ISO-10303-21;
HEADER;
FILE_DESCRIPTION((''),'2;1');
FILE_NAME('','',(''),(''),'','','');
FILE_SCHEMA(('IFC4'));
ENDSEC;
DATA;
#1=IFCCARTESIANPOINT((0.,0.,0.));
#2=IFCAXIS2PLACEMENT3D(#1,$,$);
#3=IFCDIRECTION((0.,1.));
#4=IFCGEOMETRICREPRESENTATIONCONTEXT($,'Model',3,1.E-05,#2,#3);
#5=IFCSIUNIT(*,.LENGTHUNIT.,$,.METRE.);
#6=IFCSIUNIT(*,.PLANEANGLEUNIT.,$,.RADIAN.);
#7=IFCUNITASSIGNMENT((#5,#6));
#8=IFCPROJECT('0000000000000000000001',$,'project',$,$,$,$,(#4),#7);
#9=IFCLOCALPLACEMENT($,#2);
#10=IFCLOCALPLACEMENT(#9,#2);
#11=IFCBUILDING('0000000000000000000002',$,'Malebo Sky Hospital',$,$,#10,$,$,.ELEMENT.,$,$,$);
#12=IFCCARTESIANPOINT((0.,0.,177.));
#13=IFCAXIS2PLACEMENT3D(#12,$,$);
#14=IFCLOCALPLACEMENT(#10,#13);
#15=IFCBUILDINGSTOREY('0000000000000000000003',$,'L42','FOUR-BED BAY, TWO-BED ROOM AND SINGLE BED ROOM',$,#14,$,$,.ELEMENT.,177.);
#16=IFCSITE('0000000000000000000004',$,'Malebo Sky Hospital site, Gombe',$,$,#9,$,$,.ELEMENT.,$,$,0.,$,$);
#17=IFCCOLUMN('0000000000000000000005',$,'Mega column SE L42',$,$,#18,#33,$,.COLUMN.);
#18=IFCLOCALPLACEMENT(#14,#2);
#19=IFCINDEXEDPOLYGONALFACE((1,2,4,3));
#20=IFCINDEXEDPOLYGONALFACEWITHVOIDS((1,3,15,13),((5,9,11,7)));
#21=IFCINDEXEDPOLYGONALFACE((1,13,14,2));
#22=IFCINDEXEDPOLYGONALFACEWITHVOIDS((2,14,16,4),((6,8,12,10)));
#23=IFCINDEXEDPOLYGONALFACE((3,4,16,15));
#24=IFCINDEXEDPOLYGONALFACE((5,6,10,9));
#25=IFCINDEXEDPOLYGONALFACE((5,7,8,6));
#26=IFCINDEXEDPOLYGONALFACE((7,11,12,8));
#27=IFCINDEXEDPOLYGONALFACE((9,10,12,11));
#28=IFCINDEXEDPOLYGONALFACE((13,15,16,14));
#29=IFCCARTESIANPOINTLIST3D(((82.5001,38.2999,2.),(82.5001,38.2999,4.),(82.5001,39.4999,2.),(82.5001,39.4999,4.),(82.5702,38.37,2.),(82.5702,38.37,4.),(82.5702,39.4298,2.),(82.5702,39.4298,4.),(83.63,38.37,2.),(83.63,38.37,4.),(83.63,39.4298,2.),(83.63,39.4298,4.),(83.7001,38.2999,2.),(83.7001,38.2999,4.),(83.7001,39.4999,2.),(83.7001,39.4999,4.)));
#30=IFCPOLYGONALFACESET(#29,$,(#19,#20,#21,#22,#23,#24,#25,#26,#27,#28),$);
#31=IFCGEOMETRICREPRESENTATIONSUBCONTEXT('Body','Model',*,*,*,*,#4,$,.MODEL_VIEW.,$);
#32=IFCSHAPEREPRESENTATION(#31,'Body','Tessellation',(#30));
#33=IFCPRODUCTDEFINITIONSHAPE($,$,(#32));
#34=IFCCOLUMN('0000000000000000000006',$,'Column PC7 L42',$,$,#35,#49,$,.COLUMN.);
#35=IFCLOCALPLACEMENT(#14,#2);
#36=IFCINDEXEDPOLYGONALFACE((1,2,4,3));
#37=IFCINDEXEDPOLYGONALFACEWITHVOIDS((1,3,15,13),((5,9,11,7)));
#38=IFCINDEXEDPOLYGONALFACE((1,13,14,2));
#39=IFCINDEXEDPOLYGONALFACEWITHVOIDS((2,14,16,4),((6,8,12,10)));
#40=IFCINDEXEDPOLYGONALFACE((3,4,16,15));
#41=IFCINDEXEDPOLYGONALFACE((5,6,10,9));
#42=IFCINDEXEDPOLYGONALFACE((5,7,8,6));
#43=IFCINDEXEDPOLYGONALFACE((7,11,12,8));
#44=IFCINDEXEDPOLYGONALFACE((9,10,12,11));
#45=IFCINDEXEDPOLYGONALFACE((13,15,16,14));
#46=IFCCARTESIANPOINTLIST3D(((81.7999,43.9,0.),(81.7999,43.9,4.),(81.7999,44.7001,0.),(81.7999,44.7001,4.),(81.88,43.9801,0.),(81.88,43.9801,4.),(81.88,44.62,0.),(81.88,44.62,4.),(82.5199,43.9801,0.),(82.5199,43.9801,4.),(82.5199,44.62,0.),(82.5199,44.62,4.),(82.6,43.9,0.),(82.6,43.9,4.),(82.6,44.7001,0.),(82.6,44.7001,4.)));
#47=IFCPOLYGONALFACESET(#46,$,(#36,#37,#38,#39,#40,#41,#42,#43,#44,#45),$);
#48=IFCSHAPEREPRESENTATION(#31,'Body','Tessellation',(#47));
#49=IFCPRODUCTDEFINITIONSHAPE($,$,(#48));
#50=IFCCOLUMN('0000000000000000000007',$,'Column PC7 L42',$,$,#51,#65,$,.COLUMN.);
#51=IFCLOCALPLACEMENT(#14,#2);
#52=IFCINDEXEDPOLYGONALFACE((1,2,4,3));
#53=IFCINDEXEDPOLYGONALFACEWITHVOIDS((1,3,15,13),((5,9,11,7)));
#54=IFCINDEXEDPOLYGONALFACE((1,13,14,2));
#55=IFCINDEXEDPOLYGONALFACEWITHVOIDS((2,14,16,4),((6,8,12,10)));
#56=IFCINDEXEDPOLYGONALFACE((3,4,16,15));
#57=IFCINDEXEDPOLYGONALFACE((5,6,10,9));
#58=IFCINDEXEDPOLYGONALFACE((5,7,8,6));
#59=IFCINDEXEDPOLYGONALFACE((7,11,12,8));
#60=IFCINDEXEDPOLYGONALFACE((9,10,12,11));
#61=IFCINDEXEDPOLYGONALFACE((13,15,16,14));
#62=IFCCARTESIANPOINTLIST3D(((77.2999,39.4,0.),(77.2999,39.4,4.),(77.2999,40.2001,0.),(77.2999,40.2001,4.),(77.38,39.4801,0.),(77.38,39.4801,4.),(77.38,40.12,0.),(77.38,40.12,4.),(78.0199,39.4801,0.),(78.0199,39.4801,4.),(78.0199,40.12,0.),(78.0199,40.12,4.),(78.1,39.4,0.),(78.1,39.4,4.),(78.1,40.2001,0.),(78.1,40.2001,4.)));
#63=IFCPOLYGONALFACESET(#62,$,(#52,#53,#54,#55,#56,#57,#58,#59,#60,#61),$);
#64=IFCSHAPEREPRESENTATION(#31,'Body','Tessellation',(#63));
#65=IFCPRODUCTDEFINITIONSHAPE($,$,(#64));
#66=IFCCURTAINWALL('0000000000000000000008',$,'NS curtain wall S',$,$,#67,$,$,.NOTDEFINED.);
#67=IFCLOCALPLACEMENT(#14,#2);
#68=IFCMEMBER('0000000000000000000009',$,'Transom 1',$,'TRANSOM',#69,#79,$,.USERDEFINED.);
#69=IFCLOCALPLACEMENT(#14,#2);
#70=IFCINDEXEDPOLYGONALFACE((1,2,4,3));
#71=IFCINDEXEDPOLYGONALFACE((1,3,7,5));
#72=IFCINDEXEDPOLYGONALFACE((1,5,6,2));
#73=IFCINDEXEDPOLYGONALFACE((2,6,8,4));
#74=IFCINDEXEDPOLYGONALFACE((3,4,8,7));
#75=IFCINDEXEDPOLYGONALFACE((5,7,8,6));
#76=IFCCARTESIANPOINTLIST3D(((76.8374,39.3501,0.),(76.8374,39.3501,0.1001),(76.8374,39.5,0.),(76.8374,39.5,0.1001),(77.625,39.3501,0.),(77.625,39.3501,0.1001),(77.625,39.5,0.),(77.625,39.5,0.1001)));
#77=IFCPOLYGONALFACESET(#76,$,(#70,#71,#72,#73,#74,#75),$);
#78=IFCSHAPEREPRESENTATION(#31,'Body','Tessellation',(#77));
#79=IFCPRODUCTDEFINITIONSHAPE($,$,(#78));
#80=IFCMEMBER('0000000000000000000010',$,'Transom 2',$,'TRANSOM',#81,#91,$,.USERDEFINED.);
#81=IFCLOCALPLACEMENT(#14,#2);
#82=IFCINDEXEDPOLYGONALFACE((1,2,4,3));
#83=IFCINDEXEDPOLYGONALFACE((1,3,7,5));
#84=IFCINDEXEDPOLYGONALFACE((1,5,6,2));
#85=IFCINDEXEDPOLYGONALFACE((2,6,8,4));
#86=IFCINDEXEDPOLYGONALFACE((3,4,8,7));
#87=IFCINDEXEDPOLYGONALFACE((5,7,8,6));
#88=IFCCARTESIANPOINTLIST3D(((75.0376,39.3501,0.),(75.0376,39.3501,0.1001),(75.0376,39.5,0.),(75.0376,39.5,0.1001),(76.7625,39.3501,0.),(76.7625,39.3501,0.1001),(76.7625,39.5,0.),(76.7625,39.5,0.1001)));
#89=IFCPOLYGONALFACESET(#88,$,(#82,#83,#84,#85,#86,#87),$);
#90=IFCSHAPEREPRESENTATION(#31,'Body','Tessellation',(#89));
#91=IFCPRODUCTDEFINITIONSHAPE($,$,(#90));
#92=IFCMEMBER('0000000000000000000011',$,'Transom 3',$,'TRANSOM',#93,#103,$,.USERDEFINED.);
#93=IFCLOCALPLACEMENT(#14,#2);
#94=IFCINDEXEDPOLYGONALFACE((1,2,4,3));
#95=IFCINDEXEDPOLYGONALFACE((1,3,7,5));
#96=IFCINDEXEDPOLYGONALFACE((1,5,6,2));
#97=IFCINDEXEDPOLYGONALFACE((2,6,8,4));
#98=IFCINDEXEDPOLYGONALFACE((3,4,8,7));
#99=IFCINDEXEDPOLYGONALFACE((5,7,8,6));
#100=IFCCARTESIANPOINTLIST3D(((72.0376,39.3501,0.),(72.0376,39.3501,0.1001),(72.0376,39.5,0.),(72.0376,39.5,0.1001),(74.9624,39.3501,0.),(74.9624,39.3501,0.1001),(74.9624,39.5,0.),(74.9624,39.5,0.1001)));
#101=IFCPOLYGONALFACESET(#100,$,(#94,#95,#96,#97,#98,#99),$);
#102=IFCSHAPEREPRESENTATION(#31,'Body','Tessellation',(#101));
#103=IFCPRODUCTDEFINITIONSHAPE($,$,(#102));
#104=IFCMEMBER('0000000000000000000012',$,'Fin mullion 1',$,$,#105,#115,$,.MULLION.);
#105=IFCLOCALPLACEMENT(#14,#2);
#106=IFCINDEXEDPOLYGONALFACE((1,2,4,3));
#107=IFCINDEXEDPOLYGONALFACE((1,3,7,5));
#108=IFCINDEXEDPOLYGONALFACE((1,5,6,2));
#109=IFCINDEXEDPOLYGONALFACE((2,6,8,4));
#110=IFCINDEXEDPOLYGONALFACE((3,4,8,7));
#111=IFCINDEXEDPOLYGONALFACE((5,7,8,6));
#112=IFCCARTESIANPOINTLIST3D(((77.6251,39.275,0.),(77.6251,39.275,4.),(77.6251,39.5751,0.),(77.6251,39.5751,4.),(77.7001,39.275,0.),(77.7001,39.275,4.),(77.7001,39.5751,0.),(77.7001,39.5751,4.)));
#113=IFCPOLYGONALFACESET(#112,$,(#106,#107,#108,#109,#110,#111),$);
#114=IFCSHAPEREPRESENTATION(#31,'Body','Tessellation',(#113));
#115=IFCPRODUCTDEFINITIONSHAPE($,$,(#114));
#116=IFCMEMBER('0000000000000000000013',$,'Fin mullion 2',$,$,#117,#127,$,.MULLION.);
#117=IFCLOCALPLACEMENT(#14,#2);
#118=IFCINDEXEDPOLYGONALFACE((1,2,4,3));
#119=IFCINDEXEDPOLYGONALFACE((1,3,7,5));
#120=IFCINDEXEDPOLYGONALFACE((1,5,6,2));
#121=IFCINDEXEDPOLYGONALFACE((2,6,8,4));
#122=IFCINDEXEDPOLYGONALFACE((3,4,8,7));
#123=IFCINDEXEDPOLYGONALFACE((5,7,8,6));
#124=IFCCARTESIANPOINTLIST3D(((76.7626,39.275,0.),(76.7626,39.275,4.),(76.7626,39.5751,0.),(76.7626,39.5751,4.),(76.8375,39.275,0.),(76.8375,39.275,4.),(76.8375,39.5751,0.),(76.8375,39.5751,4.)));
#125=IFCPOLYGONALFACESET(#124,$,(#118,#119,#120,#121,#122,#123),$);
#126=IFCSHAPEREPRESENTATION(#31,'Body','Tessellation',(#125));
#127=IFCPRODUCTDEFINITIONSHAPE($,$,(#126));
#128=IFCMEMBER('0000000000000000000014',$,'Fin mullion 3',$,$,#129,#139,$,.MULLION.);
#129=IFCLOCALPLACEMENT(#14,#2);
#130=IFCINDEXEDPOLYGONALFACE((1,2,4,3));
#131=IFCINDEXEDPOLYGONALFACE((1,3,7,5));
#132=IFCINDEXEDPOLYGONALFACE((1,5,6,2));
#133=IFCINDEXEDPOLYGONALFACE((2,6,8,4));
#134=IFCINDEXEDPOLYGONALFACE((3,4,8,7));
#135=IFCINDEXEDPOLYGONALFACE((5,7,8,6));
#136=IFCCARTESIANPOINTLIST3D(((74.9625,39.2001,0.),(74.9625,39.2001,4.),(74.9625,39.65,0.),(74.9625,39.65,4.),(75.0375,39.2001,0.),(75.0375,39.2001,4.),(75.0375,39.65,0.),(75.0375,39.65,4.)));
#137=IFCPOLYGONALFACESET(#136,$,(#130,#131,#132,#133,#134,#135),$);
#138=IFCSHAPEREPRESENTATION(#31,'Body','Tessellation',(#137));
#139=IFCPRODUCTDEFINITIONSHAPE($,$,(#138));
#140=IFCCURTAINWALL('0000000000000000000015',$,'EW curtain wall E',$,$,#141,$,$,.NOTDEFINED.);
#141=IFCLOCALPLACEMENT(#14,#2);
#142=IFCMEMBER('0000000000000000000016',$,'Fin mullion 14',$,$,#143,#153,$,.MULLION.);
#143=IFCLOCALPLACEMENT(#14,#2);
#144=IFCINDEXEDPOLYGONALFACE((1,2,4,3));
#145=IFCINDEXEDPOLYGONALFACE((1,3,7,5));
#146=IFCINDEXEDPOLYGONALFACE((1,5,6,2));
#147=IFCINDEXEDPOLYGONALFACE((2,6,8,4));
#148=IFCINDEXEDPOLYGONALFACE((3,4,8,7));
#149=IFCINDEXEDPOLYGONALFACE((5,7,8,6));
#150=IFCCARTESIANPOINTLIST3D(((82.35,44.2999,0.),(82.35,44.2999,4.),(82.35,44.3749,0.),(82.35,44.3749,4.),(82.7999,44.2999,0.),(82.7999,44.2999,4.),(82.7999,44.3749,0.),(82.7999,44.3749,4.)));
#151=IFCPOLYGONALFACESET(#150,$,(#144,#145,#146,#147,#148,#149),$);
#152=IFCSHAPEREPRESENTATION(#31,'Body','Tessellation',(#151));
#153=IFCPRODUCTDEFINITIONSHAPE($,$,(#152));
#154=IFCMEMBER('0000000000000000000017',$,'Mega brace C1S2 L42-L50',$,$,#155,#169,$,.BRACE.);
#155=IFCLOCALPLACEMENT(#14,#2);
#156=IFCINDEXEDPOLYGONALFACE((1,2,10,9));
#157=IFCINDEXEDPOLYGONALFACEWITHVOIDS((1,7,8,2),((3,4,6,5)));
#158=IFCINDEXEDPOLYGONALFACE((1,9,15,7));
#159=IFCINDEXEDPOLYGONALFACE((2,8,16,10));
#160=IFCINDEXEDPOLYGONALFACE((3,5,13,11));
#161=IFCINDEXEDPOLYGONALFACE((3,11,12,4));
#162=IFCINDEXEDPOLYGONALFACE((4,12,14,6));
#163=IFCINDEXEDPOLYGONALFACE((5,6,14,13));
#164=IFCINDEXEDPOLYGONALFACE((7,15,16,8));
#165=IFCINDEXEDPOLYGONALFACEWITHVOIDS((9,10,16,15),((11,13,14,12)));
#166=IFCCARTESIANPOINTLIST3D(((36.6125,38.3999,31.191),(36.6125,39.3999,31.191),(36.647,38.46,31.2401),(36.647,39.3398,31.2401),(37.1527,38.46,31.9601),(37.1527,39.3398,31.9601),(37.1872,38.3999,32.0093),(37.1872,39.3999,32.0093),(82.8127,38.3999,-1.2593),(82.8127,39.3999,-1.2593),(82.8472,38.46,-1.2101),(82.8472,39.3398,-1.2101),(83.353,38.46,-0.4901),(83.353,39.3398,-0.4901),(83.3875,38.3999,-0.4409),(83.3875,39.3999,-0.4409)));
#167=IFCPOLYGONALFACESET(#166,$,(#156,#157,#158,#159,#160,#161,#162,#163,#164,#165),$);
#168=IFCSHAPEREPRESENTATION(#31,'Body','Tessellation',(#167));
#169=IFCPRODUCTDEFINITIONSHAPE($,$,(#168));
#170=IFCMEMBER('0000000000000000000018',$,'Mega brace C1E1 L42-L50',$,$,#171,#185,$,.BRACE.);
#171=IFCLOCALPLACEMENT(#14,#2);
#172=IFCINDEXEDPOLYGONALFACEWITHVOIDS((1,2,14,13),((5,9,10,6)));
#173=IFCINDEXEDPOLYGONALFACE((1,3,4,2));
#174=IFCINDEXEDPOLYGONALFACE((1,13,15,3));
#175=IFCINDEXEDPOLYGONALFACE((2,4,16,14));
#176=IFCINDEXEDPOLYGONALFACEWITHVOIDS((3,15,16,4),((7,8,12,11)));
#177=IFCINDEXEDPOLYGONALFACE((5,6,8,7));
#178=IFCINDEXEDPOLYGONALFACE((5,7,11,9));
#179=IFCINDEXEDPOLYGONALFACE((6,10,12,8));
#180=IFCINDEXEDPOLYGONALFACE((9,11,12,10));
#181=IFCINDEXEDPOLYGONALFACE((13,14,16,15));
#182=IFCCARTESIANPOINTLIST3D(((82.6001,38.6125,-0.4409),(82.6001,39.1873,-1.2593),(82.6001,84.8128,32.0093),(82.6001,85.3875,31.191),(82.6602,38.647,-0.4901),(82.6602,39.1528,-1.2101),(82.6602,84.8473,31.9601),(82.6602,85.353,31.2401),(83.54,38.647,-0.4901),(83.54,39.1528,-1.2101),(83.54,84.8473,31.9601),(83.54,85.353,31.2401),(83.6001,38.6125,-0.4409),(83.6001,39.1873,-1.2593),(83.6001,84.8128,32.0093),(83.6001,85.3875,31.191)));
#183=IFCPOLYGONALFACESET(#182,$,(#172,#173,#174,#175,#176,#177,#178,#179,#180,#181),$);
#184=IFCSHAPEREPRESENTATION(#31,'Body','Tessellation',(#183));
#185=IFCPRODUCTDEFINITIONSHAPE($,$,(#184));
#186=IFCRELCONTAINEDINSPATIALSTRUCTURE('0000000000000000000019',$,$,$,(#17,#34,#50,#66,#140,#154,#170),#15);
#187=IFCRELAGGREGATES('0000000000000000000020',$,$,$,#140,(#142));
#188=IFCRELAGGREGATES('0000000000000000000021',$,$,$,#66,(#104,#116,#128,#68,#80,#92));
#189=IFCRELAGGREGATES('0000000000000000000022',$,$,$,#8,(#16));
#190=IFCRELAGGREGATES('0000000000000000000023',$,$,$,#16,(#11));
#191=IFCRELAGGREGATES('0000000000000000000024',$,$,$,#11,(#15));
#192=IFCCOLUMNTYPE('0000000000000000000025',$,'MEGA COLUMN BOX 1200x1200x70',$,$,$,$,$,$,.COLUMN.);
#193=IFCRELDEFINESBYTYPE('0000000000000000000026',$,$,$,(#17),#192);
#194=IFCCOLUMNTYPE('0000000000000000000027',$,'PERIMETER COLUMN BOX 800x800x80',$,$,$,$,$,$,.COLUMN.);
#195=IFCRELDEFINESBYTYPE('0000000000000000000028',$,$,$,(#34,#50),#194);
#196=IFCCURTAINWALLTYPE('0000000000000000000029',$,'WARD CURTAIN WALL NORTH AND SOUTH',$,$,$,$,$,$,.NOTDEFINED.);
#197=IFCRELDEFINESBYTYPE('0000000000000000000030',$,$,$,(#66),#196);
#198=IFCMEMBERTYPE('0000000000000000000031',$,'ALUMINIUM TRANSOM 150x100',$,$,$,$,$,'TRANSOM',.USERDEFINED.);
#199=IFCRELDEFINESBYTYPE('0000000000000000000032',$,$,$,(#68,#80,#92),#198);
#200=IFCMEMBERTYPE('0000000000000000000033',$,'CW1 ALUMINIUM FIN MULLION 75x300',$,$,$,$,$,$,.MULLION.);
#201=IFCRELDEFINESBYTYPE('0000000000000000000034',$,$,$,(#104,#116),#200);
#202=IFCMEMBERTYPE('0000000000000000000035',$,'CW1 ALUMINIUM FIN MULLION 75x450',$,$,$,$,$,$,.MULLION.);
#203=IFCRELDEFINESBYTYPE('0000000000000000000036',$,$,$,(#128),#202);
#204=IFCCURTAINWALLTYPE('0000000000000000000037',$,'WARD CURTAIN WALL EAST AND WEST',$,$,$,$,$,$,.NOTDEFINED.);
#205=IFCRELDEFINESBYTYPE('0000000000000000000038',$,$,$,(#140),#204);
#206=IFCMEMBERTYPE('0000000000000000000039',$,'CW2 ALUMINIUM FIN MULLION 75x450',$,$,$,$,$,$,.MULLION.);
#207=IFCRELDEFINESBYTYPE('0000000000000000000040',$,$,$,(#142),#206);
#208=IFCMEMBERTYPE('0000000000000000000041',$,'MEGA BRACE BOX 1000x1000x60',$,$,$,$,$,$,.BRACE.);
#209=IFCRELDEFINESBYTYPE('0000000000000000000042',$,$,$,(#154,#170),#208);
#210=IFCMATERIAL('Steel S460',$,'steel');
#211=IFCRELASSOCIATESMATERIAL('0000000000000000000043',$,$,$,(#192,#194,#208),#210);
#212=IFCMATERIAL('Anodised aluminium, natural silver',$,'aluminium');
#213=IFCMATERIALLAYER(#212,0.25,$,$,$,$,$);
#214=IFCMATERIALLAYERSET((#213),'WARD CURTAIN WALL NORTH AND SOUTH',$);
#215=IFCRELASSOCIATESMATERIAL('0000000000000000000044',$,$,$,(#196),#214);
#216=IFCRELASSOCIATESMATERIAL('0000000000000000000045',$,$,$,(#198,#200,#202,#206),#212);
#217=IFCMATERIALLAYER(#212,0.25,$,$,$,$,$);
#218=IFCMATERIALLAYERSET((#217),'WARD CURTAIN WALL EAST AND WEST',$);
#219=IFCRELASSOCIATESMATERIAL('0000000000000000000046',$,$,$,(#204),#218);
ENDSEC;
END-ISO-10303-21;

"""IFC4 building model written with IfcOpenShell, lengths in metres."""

from ifc_helpers import new_model, si_unit, direction, frame, origin, origin_2d, place, context, subcontext, project, spatial, rectangle, hollow_rectangle, extrude, material, layer, layer_set, material_profile, profile_set, type_object, element, aggregate, save


model = new_model("IFC4")

# Units and contexts
model_context = context("Model", 3, precision=1e-05, world=origin(), true_north=direction((0.0, 1.0)))
body_context = subcontext(model_context, "Body", "Model", "MODEL_VIEW")
ifc_project = project(units=[si_unit("LENGTHUNIT", "METRE"), si_unit("PLANEANGLEUNIT", "RADIAN")], contexts=[model_context])

# Site, building, storey
site_placement = place(None, origin())
site = spatial("IfcSite", under=ifc_project, at=site_placement, Name="Malebo Sky Hospital site, Gombe", CompositionType="ELEMENT", RefElevation=0.0)
building_placement = place(site_placement, origin())
building = spatial("IfcBuilding", under=site, at=building_placement, Name="Malebo Sky Hospital", CompositionType="ELEMENT")
storey_placement = place(building_placement, frame((0.0, 0.0, 177.0)))
storey = spatial("IfcBuildingStorey", under=building, at=storey_placement, Name="L42", Description="FOUR-BED BAY, TWO-BED ROOM AND SINGLE BED ROOM", CompositionType="ELEMENT", Elevation=177.0)

# Columns
ifc_material_1 = material(Name="Steel S460", Category="steel")
ifc_material_profile_1 = material_profile(ifc_material_1, hollow_rectangle(XDim=1.2, YDim=1.2, WallThickness=0.0701, at=origin_2d()), Name="BOX 1200x1200x70")
ifc_profile_set_1 = profile_set([ifc_material_profile_1], Name="Steel S460")
column_type_1 = type_object("IfcColumnType", Name="MEGA COLUMN BOX 1200x1200x70", PredefinedType="COLUMN", material=ifc_profile_set_1)
column_placement = place(storey_placement, frame((83.1001, 38.8999, 2.0), z_axis=(0.0, 0.0, 1.0), x_axis=(1.0, 0.0, 0.0)))
element("IfcColumn", 1, at=column_placement, inside=storey, type_object=column_type_1, Name="Mega column SE L42", PredefinedType="COLUMN", context=body_context, shape_type="SweptSolid", body=[
    extrude(hollow_rectangle(XDim=1.2, YDim=1.2, WallThickness=0.0701, at=origin_2d()), origin(), (0.0, 0.0, 1.0), 2.0),
])
ifc_material_profile_2 = material_profile(ifc_material_1, hollow_rectangle(XDim=0.8, YDim=0.8, WallThickness=0.0801, at=origin_2d()), Name="BOX 800x800x80")
ifc_profile_set_2 = profile_set([ifc_material_profile_2], Name="Steel S460")
column_type_2 = type_object("IfcColumnType", Name="PERIMETER COLUMN BOX 800x800x80", PredefinedType="COLUMN", material=ifc_profile_set_2)
for number, where, z_axis, x_axis, name in (
    (2, (82.2, 44.3, 0.0), (0.0, 0.0, 1.0), (1.0, 0.0, 0.0), "Column PC7 L42"),
    (3, (77.7, 39.8, 0.0), (0.0, 0.0, 1.0), (1.0, 0.0, 0.0), "Column PC7 L42"),
):
    element("IfcColumn", number, at=place(storey_placement, frame(where, z_axis=z_axis, x_axis=x_axis)), inside=storey, type_object=column_type_2, Name=name, PredefinedType="COLUMN", context=body_context, shape_type="SweptSolid", body=[
        extrude(hollow_rectangle(XDim=0.8, YDim=0.8, WallThickness=0.0801, at=origin_2d()), origin(), (0.0, 0.0, 1.0), 4.0),
    ])

# Curtain wall, members
ifc_material_2 = material(Name="Anodised aluminium, natural silver", Category="aluminium")
ifc_layer_1 = layer(ifc_material_2, 0.25)
ifc_layer_set_1 = layer_set([ifc_layer_1], Name="WARD CURTAIN WALL NORTH AND SOUTH")
curtain_wall_type_1 = type_object("IfcCurtainWallType", Name="WARD CURTAIN WALL NORTH AND SOUTH", PredefinedType="NOTDEFINED", material=ifc_layer_set_1)
curtain_wall_1_placement = place(storey_placement, origin())
curtain_wall_1 = element("IfcCurtainWall", 4, at=curtain_wall_1_placement, inside=storey, type_object=curtain_wall_type_1, Name="NS curtain wall S", PredefinedType="NOTDEFINED")
ifc_material_profile_3 = material_profile(ifc_material_2, rectangle(XDim=0.1499, YDim=0.1001, at=origin_2d()), Name="ALUMINIUM TRANSOM 150x100")
ifc_profile_set_3 = profile_set([ifc_material_profile_3], Name="Anodised aluminium, natural silver")
member_type_1 = type_object("IfcMemberType", Name="ALUMINIUM TRANSOM 150x100", ElementType="TRANSOM", PredefinedType="USERDEFINED", material=ifc_profile_set_3)
member_1_placement = place(storey_placement, frame((77.625, 39.425, 0.05), z_axis=(-1.0, 0.0, 0.0), x_axis=(0.0, -1.0, 0.0)))
member_1 = element("IfcMember", 5, at=member_1_placement, type_object=member_type_1, Name="Transom 1", ObjectType="TRANSOM", PredefinedType="USERDEFINED", context=body_context, shape_type="SweptSolid", body=[
    extrude(rectangle(XDim=0.1499, YDim=0.1001, at=origin_2d()), origin(), (0.0, 0.0, 1.0), 0.7876),
])
member_2_placement = place(storey_placement, frame((76.7625, 39.425, 0.05), z_axis=(-1.0, 0.0, 0.0), x_axis=(0.0, -1.0, 0.0)))
member_2 = element("IfcMember", 6, at=member_2_placement, type_object=member_type_1, Name="Transom 2", ObjectType="TRANSOM", PredefinedType="USERDEFINED", context=body_context, shape_type="SweptSolid", body=[
    extrude(rectangle(XDim=0.1499, YDim=0.1001, at=origin_2d()), origin(), (0.0, 0.0, 1.0), 1.7249),
])
member_3_placement = place(storey_placement, frame((74.9624, 39.425, 0.05), z_axis=(-1.0, 0.0, 0.0), x_axis=(0.0, -1.0, 0.0)))
member_3 = element("IfcMember", 7, at=member_3_placement, type_object=member_type_1, Name="Transom 3", ObjectType="TRANSOM", PredefinedType="USERDEFINED", context=body_context, shape_type="SweptSolid", body=[
    extrude(rectangle(XDim=0.1499, YDim=0.1001, at=origin_2d()), origin(), (0.0, 0.0, 1.0), 2.9248),
])
ifc_material_profile_4 = material_profile(ifc_material_2, rectangle(XDim=0.075, YDim=0.3, at=origin_2d()), Name="CW1 ALUMINIUM FIN MULLION 75x300")
ifc_profile_set_4 = profile_set([ifc_material_profile_4], Name="Anodised aluminium, natural silver")
member_type_2 = type_object("IfcMemberType", Name="CW1 ALUMINIUM FIN MULLION 75x300", PredefinedType="MULLION", material=ifc_profile_set_4)
member_4_placement = place(storey_placement, frame((77.6626, 39.425, 0.0), z_axis=(0.0, 0.0, 1.0), x_axis=(-1.0, 0.0, 0.0)))
member_4 = element("IfcMember", 8, at=member_4_placement, type_object=member_type_2, Name="Fin mullion 1", PredefinedType="MULLION", context=body_context, shape_type="SweptSolid", body=[
    extrude(rectangle(XDim=0.075, YDim=0.3, at=origin_2d()), origin(), (0.0, 0.0, 1.0), 4.0),
])
member_5_placement = place(storey_placement, frame((76.8, 39.425, 0.0), z_axis=(0.0, 0.0, 1.0), x_axis=(-1.0, 0.0, 0.0)))
member_5 = element("IfcMember", 9, at=member_5_placement, type_object=member_type_2, Name="Fin mullion 2", PredefinedType="MULLION", context=body_context, shape_type="SweptSolid", body=[
    extrude(rectangle(XDim=0.075, YDim=0.3, at=origin_2d()), origin(), (0.0, 0.0, 1.0), 4.0),
])
ifc_material_profile_5 = material_profile(ifc_material_2, rectangle(XDim=0.075, YDim=0.45, at=origin_2d()), Name="CW1 ALUMINIUM FIN MULLION 75x450")
ifc_profile_set_5 = profile_set([ifc_material_profile_5], Name="Anodised aluminium, natural silver")
member_type_3 = type_object("IfcMemberType", Name="CW1 ALUMINIUM FIN MULLION 75x450", PredefinedType="MULLION", material=ifc_profile_set_5)
member_6_placement = place(storey_placement, frame((75.0, 39.425, 0.0), z_axis=(0.0, 0.0, 1.0), x_axis=(-1.0, 0.0, 0.0)))
member_6 = element("IfcMember", 10, at=member_6_placement, type_object=member_type_3, Name="Fin mullion 3", PredefinedType="MULLION", context=body_context, shape_type="SweptSolid", body=[
    extrude(rectangle(XDim=0.075, YDim=0.45, at=origin_2d()), origin(), (0.0, 0.0, 1.0), 4.0),
])

# Curtain wall, member
ifc_layer_2 = layer(ifc_material_2, 0.25)
ifc_layer_set_2 = layer_set([ifc_layer_2], Name="WARD CURTAIN WALL EAST AND WEST")
curtain_wall_type_2 = type_object("IfcCurtainWallType", Name="WARD CURTAIN WALL EAST AND WEST", PredefinedType="NOTDEFINED", material=ifc_layer_set_2)
curtain_wall_2_placement = place(storey_placement, origin())
curtain_wall_2 = element("IfcCurtainWall", 11, at=curtain_wall_2_placement, inside=storey, type_object=curtain_wall_type_2, Name="EW curtain wall E", PredefinedType="NOTDEFINED")
ifc_material_profile_6 = material_profile(ifc_material_2, rectangle(XDim=0.075, YDim=0.45, at=origin_2d()), Name="CW2 ALUMINIUM FIN MULLION 75x450")
ifc_profile_set_6 = profile_set([ifc_material_profile_6], Name="Anodised aluminium, natural silver")
member_type_4 = type_object("IfcMemberType", Name="CW2 ALUMINIUM FIN MULLION 75x450", PredefinedType="MULLION", material=ifc_profile_set_6)
member_7_placement = place(storey_placement, frame((82.575, 44.3374, 0.0), z_axis=(0.0, 0.0, 1.0), x_axis=(0.0, -1.0, 0.0)))
member_7 = element("IfcMember", 12, at=member_7_placement, type_object=member_type_4, Name="Fin mullion 14", PredefinedType="MULLION", context=body_context, shape_type="SweptSolid", body=[
    extrude(rectangle(XDim=0.075, YDim=0.45, at=origin_2d()), origin(), (0.0, 0.0, 1.0), 4.0),
])
aggregate(curtain_wall_2, [member_7])

# Members
ifc_material_profile_7 = material_profile(ifc_material_1, hollow_rectangle(XDim=1.0, YDim=1.0, WallThickness=0.0601, at=origin_2d()), Name="BOX 1000x1000x60")
ifc_profile_set_7 = profile_set([ifc_material_profile_7], Name="Steel S460")
member_type_5 = type_object("IfcMemberType", Name="MEGA BRACE BOX 1000x1000x60", PredefinedType="BRACE", material=ifc_profile_set_7)
for number, where, z_axis, x_axis, name in (
    (13, (83.1001, 38.8999, -0.8501), (-0.818315, 0.0, 0.57477), (0.0, -1.0, 0.0), "Mega brace C1S2 L42-L50"),
    (14, (83.1001, 38.8999, -0.8501), (0.0, 0.818315, 0.57477), (-1.0, 0.0, 0.0), "Mega brace C1E1 L42-L50"),
):
    element("IfcMember", number, at=place(storey_placement, frame(where, z_axis=z_axis, x_axis=x_axis)), inside=storey, type_object=member_type_5, Name=name, PredefinedType="BRACE", context=body_context, shape_type="SweptSolid", body=[
        extrude(hollow_rectangle(XDim=1.0, YDim=1.0, WallThickness=0.0601, at=origin_2d()), origin(), (0.0, 0.0, 1.0), 56.4578),
    ])

aggregate(curtain_wall_1, [member_4, member_5, member_6, member_1, member_2, member_3])

save(model, "model.ifc")
